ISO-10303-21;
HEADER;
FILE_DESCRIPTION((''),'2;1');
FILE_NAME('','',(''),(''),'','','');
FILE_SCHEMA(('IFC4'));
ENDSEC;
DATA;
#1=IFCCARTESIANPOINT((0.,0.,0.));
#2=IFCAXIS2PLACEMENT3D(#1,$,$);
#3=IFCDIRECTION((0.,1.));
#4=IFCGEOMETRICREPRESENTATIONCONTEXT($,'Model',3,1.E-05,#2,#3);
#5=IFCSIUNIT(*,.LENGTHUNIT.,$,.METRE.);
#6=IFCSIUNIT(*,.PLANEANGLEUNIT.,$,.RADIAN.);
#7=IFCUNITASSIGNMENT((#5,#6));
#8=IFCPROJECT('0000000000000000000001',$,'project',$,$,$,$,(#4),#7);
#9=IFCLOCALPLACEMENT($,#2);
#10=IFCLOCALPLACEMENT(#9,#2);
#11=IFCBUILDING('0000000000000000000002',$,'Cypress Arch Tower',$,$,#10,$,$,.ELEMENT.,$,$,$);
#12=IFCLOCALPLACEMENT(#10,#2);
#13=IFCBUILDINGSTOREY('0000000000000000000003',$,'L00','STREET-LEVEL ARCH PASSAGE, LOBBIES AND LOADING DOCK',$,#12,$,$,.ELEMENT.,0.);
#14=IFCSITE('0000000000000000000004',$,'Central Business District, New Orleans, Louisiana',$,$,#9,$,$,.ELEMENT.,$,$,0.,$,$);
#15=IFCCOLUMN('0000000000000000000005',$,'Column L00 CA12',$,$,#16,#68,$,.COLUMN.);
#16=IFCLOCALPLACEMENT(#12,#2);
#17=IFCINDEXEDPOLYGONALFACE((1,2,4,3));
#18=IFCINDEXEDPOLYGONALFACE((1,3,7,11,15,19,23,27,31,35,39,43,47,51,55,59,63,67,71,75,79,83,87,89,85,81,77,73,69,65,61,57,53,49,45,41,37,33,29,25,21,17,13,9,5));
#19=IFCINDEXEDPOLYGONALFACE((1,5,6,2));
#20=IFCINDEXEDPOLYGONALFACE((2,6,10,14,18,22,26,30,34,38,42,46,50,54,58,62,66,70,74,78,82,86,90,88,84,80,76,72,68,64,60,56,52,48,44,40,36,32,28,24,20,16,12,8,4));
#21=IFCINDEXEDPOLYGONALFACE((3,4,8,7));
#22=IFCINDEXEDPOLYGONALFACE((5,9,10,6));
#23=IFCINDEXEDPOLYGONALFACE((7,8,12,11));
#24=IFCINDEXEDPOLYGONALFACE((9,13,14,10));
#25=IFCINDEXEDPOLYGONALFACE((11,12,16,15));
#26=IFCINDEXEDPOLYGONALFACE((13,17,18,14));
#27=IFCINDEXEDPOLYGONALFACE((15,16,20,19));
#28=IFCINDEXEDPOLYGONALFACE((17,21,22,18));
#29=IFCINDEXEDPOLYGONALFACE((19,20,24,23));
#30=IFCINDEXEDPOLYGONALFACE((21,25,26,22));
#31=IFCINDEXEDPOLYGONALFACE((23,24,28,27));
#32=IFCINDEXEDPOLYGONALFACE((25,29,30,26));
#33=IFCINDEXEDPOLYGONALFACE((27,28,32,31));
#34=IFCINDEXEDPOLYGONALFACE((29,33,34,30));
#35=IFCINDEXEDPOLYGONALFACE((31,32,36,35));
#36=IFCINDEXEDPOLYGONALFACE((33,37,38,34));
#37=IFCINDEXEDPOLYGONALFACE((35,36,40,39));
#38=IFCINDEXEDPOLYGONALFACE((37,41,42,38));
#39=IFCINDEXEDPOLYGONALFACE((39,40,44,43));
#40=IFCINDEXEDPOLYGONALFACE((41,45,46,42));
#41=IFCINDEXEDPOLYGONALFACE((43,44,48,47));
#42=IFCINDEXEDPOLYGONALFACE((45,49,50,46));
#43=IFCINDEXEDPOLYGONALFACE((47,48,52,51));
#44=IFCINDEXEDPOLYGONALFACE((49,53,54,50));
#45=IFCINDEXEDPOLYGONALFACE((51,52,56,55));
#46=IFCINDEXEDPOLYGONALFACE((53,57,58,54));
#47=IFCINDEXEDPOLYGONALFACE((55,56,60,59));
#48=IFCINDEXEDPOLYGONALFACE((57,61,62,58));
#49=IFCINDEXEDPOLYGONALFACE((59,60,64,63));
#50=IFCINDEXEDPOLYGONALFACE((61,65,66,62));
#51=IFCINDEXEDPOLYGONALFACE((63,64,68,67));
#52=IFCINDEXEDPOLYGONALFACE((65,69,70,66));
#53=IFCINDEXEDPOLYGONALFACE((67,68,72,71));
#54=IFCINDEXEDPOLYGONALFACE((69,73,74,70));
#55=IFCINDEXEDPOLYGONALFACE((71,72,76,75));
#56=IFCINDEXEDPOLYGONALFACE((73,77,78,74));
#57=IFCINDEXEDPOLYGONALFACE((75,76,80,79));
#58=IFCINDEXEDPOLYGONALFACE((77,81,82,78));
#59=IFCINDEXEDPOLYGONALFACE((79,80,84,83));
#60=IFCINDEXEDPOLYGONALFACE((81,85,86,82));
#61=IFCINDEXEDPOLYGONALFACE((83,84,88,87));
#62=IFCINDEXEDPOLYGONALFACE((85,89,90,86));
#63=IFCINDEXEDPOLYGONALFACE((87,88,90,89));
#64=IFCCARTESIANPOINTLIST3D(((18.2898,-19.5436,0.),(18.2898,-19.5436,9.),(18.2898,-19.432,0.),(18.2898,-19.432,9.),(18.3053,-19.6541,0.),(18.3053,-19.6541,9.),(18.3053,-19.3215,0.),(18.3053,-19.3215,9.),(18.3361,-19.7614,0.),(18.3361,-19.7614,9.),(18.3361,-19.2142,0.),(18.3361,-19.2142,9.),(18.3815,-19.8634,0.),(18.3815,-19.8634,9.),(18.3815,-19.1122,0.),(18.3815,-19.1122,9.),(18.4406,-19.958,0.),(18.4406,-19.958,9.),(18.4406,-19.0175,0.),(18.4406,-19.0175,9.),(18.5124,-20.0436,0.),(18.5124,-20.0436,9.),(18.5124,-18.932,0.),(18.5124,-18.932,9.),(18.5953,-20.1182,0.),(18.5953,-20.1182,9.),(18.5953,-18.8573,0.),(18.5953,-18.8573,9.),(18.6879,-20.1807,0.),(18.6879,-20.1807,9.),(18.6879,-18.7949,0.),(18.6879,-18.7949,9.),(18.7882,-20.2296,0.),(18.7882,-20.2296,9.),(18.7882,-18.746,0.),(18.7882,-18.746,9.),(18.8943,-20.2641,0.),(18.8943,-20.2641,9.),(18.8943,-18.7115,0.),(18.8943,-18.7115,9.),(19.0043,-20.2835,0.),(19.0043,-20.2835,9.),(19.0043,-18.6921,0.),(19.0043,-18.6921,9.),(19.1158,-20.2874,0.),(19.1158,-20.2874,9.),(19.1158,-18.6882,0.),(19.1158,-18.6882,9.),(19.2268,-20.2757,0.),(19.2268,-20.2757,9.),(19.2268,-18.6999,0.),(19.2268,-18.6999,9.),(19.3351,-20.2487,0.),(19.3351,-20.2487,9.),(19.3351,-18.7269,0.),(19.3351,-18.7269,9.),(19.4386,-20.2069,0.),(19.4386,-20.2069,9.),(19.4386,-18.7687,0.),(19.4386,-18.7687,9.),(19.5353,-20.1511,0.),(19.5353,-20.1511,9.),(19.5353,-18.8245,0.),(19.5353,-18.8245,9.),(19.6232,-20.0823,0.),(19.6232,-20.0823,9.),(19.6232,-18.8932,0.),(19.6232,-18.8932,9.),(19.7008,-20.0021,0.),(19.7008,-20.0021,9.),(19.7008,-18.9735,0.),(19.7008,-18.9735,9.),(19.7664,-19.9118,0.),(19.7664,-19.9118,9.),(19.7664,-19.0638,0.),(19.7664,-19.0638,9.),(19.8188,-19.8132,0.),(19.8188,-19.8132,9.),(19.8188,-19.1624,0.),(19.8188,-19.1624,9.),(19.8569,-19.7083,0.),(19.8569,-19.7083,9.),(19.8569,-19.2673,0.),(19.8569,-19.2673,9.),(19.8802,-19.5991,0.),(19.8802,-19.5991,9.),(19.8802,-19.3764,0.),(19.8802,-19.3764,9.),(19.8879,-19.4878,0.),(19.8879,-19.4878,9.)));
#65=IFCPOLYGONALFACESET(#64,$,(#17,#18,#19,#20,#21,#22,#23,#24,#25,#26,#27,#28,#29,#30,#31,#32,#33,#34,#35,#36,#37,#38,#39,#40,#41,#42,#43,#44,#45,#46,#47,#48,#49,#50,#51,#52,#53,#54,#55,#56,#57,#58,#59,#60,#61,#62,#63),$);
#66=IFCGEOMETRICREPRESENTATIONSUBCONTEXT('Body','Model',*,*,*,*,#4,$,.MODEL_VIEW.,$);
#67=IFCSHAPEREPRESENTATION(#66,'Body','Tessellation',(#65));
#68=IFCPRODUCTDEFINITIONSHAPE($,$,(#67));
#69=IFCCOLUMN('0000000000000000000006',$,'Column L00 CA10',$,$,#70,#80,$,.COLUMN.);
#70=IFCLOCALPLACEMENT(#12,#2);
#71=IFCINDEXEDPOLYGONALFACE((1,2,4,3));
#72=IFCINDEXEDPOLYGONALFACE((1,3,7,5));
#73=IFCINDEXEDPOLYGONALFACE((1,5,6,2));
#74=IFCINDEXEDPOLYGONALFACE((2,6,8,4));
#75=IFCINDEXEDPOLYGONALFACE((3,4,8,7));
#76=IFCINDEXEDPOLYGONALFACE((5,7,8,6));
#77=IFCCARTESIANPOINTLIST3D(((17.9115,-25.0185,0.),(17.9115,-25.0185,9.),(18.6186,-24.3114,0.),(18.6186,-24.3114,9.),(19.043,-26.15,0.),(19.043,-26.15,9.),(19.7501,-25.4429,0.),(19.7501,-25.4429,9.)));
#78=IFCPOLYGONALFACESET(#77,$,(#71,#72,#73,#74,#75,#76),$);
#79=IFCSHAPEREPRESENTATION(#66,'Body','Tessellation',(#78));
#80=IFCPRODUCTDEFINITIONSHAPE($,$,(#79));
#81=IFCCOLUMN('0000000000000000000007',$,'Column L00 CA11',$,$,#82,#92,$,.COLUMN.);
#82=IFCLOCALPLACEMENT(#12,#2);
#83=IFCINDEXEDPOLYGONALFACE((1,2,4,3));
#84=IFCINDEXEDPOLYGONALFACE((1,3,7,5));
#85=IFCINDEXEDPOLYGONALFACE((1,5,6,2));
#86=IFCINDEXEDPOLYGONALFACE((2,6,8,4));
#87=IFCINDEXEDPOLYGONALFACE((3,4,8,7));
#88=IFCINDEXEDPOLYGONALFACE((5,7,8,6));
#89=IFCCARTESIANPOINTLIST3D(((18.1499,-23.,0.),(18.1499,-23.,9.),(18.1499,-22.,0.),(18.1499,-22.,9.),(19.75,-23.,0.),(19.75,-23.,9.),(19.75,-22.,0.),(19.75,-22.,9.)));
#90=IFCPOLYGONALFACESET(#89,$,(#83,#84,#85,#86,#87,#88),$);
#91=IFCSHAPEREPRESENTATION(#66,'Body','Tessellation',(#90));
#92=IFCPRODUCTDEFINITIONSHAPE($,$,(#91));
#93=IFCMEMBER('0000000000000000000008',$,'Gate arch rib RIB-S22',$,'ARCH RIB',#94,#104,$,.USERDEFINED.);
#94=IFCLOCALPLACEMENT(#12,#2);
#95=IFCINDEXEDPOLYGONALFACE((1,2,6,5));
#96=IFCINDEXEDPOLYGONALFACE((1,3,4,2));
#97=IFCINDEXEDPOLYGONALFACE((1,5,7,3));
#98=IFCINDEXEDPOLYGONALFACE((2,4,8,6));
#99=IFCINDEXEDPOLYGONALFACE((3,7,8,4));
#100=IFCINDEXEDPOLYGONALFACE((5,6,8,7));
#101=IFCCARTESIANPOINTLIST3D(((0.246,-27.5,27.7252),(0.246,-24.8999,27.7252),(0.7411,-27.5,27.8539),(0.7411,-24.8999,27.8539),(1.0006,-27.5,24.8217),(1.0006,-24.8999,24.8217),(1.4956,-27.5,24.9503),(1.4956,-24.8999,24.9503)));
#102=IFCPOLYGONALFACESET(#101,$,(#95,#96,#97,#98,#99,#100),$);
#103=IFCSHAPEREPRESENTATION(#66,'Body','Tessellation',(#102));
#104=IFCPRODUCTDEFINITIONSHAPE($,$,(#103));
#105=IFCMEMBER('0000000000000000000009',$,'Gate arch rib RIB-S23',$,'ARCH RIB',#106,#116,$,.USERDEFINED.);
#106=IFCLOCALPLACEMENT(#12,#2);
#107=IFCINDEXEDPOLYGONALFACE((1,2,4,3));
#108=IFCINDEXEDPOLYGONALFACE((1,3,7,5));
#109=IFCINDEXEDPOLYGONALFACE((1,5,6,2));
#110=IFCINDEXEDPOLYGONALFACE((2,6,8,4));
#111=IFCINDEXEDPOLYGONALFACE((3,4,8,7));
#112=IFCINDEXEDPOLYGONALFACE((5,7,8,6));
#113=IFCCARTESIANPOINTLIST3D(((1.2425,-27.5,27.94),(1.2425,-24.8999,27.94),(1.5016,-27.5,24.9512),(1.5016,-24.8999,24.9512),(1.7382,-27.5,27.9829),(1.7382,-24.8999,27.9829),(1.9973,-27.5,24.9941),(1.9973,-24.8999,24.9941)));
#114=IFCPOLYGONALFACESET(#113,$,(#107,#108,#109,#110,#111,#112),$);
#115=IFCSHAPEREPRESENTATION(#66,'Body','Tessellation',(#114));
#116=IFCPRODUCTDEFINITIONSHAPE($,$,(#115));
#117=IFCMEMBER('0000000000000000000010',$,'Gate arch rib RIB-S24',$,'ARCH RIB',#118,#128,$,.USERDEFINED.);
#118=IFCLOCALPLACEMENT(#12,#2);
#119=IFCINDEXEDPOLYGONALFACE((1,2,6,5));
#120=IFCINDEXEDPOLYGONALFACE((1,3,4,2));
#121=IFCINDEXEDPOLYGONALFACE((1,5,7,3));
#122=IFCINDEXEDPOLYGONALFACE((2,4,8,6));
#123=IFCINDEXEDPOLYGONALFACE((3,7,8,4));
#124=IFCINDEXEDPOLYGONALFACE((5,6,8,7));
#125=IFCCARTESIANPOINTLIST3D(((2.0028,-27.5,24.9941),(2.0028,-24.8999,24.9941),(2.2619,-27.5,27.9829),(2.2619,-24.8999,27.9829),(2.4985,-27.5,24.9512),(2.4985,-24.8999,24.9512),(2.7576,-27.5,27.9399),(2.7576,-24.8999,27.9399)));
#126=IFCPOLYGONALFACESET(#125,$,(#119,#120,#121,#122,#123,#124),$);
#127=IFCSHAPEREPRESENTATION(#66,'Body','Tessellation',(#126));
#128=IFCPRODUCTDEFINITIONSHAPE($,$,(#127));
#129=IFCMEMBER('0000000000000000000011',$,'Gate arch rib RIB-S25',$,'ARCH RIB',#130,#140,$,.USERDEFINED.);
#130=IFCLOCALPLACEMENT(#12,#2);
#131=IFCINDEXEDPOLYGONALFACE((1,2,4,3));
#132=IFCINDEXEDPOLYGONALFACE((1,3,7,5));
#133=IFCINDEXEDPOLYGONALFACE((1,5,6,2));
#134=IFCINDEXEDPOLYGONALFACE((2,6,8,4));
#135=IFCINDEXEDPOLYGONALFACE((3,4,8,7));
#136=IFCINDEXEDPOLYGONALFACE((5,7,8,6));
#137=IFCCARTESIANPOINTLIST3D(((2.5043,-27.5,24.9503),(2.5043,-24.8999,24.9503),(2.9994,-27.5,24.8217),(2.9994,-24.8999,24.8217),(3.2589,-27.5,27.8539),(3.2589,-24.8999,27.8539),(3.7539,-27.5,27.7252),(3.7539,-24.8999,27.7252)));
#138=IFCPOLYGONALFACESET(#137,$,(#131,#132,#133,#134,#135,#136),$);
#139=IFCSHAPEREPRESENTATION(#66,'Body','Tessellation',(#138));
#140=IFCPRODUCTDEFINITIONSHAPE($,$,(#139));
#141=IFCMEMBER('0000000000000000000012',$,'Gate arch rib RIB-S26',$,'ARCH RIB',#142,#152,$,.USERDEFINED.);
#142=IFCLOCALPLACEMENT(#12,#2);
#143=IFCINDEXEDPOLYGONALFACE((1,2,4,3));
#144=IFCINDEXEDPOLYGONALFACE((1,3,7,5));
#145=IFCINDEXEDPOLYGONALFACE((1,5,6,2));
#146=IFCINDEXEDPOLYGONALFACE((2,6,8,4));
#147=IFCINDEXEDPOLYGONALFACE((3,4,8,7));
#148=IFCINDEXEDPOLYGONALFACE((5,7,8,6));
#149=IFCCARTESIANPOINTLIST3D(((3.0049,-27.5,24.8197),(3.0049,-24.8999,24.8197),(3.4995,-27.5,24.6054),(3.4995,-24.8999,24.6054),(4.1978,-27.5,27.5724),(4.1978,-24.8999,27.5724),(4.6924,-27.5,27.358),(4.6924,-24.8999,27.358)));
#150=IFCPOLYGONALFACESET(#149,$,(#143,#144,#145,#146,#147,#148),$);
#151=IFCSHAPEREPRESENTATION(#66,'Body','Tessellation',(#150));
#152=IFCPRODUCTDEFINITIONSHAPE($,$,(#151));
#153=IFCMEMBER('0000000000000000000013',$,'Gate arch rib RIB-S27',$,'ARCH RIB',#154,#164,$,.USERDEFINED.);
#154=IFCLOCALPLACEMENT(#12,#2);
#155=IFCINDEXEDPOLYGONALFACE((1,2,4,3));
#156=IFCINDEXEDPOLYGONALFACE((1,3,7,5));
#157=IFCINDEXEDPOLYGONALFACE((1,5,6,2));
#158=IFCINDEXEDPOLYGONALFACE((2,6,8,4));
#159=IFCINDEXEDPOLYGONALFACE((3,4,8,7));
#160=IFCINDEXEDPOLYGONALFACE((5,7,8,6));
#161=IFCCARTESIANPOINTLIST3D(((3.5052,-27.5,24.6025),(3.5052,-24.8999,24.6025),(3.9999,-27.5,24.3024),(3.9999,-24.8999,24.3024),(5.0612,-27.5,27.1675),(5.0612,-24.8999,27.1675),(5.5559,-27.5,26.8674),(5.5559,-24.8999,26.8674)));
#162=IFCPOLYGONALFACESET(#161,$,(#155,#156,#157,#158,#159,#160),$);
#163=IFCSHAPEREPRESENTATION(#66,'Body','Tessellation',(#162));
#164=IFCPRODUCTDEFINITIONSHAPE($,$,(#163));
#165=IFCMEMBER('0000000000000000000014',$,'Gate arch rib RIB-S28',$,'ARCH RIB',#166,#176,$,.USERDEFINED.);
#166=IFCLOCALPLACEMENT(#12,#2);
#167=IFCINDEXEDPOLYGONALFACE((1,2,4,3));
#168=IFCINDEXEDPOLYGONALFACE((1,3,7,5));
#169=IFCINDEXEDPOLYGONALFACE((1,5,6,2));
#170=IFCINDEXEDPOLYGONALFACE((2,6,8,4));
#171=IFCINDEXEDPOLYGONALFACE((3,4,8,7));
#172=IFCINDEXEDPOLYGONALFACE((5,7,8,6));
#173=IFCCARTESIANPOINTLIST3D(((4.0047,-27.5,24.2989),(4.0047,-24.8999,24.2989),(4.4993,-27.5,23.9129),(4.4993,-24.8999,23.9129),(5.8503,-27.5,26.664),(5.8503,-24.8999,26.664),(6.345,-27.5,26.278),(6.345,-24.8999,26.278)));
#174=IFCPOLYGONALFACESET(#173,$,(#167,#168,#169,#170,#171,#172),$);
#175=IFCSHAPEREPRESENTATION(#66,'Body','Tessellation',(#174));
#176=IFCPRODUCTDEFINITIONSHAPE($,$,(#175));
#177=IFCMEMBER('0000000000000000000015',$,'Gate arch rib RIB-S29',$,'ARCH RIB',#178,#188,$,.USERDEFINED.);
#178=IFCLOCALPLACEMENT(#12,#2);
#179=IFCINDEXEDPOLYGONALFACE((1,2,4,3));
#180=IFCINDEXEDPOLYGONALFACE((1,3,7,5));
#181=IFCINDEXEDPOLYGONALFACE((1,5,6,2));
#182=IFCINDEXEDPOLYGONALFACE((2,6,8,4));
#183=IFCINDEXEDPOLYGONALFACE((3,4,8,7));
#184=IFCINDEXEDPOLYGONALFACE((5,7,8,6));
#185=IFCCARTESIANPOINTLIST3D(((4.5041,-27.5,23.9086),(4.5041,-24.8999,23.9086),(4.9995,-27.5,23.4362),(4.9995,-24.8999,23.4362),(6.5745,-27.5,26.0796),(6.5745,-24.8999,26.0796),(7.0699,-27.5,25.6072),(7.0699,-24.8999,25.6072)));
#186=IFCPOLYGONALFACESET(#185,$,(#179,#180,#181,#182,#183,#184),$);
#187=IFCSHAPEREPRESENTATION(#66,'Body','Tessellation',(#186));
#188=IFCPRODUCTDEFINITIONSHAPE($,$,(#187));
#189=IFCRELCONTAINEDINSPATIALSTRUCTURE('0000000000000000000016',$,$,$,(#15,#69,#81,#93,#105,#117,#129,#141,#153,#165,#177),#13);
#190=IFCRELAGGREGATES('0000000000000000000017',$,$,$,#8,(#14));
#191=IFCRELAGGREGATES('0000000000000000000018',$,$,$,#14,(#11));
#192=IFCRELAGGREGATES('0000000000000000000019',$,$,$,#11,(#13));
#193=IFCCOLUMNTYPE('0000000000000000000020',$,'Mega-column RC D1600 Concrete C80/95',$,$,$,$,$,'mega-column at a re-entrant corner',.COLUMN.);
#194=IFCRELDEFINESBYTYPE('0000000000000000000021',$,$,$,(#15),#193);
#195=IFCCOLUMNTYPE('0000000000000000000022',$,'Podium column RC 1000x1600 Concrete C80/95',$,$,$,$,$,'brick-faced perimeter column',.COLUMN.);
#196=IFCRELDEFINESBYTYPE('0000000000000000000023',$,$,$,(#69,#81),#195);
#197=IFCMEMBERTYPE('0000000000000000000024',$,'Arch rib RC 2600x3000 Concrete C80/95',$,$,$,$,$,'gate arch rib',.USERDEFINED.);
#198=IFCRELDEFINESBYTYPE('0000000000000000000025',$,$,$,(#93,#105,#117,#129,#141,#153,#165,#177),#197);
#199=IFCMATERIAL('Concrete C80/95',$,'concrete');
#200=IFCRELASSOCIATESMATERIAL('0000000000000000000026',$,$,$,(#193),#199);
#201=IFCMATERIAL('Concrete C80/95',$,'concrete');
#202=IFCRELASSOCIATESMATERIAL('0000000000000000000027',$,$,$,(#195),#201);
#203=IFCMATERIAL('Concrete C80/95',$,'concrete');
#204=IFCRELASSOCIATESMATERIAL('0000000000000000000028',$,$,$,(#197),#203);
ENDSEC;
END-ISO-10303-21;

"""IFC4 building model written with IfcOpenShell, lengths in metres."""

from ifc_helpers import new_model, si_unit, direction, frame, origin, origin_2d, place, context, subcontext, project, spatial, rectangle, circle, extrude, material, material_profile, profile_set, type_object, element, save


model = new_model("IFC4")

# Units and contexts
model_context = context("Model", 3, precision=1e-05, world=origin(), true_north=direction((0.0, 1.0)))
body_context = subcontext(model_context, "Body", "Model", "MODEL_VIEW")
ifc_project = project(units=[si_unit("LENGTHUNIT", "METRE"), si_unit("PLANEANGLEUNIT", "RADIAN")], contexts=[model_context])

# Site, building, storey
site_placement = place(None, origin())
site = spatial("IfcSite", under=ifc_project, at=site_placement, Name="Central Business District, New Orleans, Louisiana", CompositionType="ELEMENT", RefElevation=0.0)
building_placement = place(site_placement, origin())
building = spatial("IfcBuilding", under=site, at=building_placement, Name="Cypress Arch Tower", CompositionType="ELEMENT")
storey_placement = place(building_placement, origin())
storey = spatial("IfcBuildingStorey", under=building, at=storey_placement, Name="L00", Description="STREET-LEVEL ARCH PASSAGE, LOBBIES AND LOADING DOCK", CompositionType="ELEMENT", Elevation=0.0)

# Columns
ifc_material_1 = material(Name="Concrete C80/95", Category="concrete")
ifc_material_profile_1 = material_profile(ifc_material_1, circle(Radius=0.8, at=origin_2d()), Name="RC D1600")
ifc_profile_set_1 = profile_set([ifc_material_profile_1], Name="Concrete C80/95")
column_type_1 = type_object("IfcColumnType", Name="Mega-column RC D1600 Concrete C80/95", ElementType="mega-column at a re-entrant corner", PredefinedType="COLUMN", material=ifc_profile_set_1)
column_placement = place(storey_placement, frame((19.0879, -19.4878, 0.0), z_axis=(0.0, 0.0, 1.0), x_axis=(1.0, 0.0, 0.0)))
element("IfcColumn", 1, at=column_placement, inside=storey, type_object=column_type_1, Name="Column L00 CA12", PredefinedType="COLUMN", context=body_context, shape_type="SweptSolid", body=[
    extrude(circle(Radius=0.8, at=origin_2d()), origin(), (0.0, 0.0, 1.0), 9.0),
])
ifc_material_2 = material(Name="Concrete C80/95", Category="concrete")
ifc_material_profile_2 = material_profile(ifc_material_2, rectangle(XDim=1.0, YDim=1.6001, at=origin_2d()), Name="RC 1000x1600")
ifc_profile_set_2 = profile_set([ifc_material_profile_2], Name="Concrete C80/95")
column_type_2 = type_object("IfcColumnType", Name="Podium column RC 1000x1600 Concrete C80/95", ElementType="brick-faced perimeter column", PredefinedType="COLUMN", material=ifc_profile_set_2)
for number, where, z_axis, x_axis, name in (
    (2, (18.8308, -25.2307, 0.0), (0.0, 0.0, 1.0), (0.707107, 0.707107, 0.0), "Column L00 CA10"),
    (3, (18.95, -22.5, 0.0), (0.0, 0.0, 1.0), (0.0, 1.0, 0.0), "Column L00 CA11"),
):
    element("IfcColumn", number, at=place(storey_placement, frame(where, z_axis=z_axis, x_axis=x_axis)), inside=storey, type_object=column_type_2, Name=name, PredefinedType="COLUMN", context=body_context, shape_type="SweptSolid", body=[
        extrude(rectangle(XDim=1.0, YDim=1.6001, at=origin_2d()), origin(), (0.0, 0.0, 1.0), 9.0),
    ])

# Members
ifc_material_3 = material(Name="Concrete C80/95", Category="concrete")
ifc_material_profile_3 = material_profile(ifc_material_3, rectangle(XDim=2.6001, YDim=3.0, at=origin_2d()), Name="RC 2600x3000")
ifc_profile_set_3 = profile_set([ifc_material_profile_3], Name="Concrete C80/95")
member_type = type_object("IfcMemberType", Name="Arch rib RC 2600x3000 Concrete C80/95", ElementType="gate arch rib", PredefinedType="USERDEFINED", material=ifc_profile_set_3)
member_1_placement = place(storey_placement, frame((0.6233, -26.2, 26.2734), z_axis=(0.967855, 0.0, 0.251509), x_axis=(0.0, 1.0, 0.0)))
element("IfcMember", 4, at=member_1_placement, inside=storey, type_object=member_type, Name="Gate arch rib RIB-S22", ObjectType="ARCH RIB", PredefinedType="USERDEFINED", context=body_context, shape_type="SweptSolid", body=[
    extrude(rectangle(XDim=2.6001, YDim=3.0, at=origin_2d()), origin(), (0.0, 0.0, 1.0), 0.5115),
])
for number, where, z_axis, x_axis, name in (
    (5, (1.3721, -26.2, 26.4456), (0.996263, 0.0, 0.086375), (0.0, 1.0, 0.0), "Gate arch rib RIB-S23"),
    (6, (2.1323, -26.2, 26.4885), (0.996263, 0.0, -0.086375), (0.0, 1.0, 0.0), "Gate arch rib RIB-S24"),
):
    element("IfcMember", number, at=place(storey_placement, frame(where, z_axis=z_axis, x_axis=x_axis)), inside=storey, type_object=member_type, Name=name, ObjectType="ARCH RIB", PredefinedType="USERDEFINED", context=body_context, shape_type="SweptSolid", body=[
        extrude(rectangle(XDim=2.6001, YDim=3.0, at=origin_2d()), origin(), (0.0, 0.0, 1.0), 0.4976),
    ])
member_2_placement = place(storey_placement, frame((2.8816, -26.2, 26.4021), z_axis=(0.967855, 0.0, -0.251509), x_axis=(0.0, 1.0, 0.0)))
element("IfcMember", 7, at=member_2_placement, inside=storey, type_object=member_type, Name="Gate arch rib RIB-S25", ObjectType="ARCH RIB", PredefinedType="USERDEFINED", context=body_context, shape_type="SweptSolid", body=[
    extrude(rectangle(XDim=2.6001, YDim=3.0, at=origin_2d()), origin(), (0.0, 0.0, 1.0), 0.5115),
])
member_3_placement = place(storey_placement, frame((3.6013, -26.2, 26.196), z_axis=(0.917545, 0.0, -0.397633), x_axis=(0.0, 1.0, 0.0)))
element("IfcMember", 8, at=member_3_placement, inside=storey, type_object=member_type, Name="Gate arch rib RIB-S26", ObjectType="ARCH RIB", PredefinedType="USERDEFINED", context=body_context, shape_type="SweptSolid", body=[
    extrude(rectangle(XDim=2.6001, YDim=3.0, at=origin_2d()), origin(), (0.0, 0.0, 1.0), 0.5391),
])
member_4_placement = place(storey_placement, frame((4.2832, -26.2, 25.885), z_axis=(0.854988, 0.0, -0.518648), x_axis=(0.0, 1.0, 0.0)))
element("IfcMember", 9, at=member_4_placement, inside=storey, type_object=member_type, Name="Gate arch rib RIB-S27", ObjectType="ARCH RIB", PredefinedType="USERDEFINED", context=body_context, shape_type="SweptSolid", body=[
    extrude(rectangle(XDim=2.6001, YDim=3.0, at=origin_2d()), origin(), (0.0, 0.0, 1.0), 0.5786),
])
member_5_placement = place(storey_placement, frame((4.9275, -26.2, 25.4814), z_axis=(0.788366, 0.0, -0.615206), x_axis=(0.0, 1.0, 0.0)))
element("IfcMember", 10, at=member_5_placement, inside=storey, type_object=member_type, Name="Gate arch rib RIB-S28", ObjectType="ARCH RIB", PredefinedType="USERDEFINED", context=body_context, shape_type="SweptSolid", body=[
    extrude(rectangle(XDim=2.6001, YDim=3.0, at=origin_2d()), origin(), (0.0, 0.0, 1.0), 0.6274),
])
member_6_placement = place(storey_placement, frame((5.5393, -26.2, 24.9941), z_axis=(0.723671, 0.0, -0.690145), x_axis=(0.0, 1.0, 0.0)))
element("IfcMember", 11, at=member_6_placement, inside=storey, type_object=member_type, Name="Gate arch rib RIB-S29", ObjectType="ARCH RIB", PredefinedType="USERDEFINED", context=body_context, shape_type="SweptSolid", body=[
    extrude(rectangle(XDim=2.6001, YDim=3.0, at=origin_2d()), origin(), (0.0, 0.0, 1.0), 0.6846),
])

save(model, "model.ifc")
